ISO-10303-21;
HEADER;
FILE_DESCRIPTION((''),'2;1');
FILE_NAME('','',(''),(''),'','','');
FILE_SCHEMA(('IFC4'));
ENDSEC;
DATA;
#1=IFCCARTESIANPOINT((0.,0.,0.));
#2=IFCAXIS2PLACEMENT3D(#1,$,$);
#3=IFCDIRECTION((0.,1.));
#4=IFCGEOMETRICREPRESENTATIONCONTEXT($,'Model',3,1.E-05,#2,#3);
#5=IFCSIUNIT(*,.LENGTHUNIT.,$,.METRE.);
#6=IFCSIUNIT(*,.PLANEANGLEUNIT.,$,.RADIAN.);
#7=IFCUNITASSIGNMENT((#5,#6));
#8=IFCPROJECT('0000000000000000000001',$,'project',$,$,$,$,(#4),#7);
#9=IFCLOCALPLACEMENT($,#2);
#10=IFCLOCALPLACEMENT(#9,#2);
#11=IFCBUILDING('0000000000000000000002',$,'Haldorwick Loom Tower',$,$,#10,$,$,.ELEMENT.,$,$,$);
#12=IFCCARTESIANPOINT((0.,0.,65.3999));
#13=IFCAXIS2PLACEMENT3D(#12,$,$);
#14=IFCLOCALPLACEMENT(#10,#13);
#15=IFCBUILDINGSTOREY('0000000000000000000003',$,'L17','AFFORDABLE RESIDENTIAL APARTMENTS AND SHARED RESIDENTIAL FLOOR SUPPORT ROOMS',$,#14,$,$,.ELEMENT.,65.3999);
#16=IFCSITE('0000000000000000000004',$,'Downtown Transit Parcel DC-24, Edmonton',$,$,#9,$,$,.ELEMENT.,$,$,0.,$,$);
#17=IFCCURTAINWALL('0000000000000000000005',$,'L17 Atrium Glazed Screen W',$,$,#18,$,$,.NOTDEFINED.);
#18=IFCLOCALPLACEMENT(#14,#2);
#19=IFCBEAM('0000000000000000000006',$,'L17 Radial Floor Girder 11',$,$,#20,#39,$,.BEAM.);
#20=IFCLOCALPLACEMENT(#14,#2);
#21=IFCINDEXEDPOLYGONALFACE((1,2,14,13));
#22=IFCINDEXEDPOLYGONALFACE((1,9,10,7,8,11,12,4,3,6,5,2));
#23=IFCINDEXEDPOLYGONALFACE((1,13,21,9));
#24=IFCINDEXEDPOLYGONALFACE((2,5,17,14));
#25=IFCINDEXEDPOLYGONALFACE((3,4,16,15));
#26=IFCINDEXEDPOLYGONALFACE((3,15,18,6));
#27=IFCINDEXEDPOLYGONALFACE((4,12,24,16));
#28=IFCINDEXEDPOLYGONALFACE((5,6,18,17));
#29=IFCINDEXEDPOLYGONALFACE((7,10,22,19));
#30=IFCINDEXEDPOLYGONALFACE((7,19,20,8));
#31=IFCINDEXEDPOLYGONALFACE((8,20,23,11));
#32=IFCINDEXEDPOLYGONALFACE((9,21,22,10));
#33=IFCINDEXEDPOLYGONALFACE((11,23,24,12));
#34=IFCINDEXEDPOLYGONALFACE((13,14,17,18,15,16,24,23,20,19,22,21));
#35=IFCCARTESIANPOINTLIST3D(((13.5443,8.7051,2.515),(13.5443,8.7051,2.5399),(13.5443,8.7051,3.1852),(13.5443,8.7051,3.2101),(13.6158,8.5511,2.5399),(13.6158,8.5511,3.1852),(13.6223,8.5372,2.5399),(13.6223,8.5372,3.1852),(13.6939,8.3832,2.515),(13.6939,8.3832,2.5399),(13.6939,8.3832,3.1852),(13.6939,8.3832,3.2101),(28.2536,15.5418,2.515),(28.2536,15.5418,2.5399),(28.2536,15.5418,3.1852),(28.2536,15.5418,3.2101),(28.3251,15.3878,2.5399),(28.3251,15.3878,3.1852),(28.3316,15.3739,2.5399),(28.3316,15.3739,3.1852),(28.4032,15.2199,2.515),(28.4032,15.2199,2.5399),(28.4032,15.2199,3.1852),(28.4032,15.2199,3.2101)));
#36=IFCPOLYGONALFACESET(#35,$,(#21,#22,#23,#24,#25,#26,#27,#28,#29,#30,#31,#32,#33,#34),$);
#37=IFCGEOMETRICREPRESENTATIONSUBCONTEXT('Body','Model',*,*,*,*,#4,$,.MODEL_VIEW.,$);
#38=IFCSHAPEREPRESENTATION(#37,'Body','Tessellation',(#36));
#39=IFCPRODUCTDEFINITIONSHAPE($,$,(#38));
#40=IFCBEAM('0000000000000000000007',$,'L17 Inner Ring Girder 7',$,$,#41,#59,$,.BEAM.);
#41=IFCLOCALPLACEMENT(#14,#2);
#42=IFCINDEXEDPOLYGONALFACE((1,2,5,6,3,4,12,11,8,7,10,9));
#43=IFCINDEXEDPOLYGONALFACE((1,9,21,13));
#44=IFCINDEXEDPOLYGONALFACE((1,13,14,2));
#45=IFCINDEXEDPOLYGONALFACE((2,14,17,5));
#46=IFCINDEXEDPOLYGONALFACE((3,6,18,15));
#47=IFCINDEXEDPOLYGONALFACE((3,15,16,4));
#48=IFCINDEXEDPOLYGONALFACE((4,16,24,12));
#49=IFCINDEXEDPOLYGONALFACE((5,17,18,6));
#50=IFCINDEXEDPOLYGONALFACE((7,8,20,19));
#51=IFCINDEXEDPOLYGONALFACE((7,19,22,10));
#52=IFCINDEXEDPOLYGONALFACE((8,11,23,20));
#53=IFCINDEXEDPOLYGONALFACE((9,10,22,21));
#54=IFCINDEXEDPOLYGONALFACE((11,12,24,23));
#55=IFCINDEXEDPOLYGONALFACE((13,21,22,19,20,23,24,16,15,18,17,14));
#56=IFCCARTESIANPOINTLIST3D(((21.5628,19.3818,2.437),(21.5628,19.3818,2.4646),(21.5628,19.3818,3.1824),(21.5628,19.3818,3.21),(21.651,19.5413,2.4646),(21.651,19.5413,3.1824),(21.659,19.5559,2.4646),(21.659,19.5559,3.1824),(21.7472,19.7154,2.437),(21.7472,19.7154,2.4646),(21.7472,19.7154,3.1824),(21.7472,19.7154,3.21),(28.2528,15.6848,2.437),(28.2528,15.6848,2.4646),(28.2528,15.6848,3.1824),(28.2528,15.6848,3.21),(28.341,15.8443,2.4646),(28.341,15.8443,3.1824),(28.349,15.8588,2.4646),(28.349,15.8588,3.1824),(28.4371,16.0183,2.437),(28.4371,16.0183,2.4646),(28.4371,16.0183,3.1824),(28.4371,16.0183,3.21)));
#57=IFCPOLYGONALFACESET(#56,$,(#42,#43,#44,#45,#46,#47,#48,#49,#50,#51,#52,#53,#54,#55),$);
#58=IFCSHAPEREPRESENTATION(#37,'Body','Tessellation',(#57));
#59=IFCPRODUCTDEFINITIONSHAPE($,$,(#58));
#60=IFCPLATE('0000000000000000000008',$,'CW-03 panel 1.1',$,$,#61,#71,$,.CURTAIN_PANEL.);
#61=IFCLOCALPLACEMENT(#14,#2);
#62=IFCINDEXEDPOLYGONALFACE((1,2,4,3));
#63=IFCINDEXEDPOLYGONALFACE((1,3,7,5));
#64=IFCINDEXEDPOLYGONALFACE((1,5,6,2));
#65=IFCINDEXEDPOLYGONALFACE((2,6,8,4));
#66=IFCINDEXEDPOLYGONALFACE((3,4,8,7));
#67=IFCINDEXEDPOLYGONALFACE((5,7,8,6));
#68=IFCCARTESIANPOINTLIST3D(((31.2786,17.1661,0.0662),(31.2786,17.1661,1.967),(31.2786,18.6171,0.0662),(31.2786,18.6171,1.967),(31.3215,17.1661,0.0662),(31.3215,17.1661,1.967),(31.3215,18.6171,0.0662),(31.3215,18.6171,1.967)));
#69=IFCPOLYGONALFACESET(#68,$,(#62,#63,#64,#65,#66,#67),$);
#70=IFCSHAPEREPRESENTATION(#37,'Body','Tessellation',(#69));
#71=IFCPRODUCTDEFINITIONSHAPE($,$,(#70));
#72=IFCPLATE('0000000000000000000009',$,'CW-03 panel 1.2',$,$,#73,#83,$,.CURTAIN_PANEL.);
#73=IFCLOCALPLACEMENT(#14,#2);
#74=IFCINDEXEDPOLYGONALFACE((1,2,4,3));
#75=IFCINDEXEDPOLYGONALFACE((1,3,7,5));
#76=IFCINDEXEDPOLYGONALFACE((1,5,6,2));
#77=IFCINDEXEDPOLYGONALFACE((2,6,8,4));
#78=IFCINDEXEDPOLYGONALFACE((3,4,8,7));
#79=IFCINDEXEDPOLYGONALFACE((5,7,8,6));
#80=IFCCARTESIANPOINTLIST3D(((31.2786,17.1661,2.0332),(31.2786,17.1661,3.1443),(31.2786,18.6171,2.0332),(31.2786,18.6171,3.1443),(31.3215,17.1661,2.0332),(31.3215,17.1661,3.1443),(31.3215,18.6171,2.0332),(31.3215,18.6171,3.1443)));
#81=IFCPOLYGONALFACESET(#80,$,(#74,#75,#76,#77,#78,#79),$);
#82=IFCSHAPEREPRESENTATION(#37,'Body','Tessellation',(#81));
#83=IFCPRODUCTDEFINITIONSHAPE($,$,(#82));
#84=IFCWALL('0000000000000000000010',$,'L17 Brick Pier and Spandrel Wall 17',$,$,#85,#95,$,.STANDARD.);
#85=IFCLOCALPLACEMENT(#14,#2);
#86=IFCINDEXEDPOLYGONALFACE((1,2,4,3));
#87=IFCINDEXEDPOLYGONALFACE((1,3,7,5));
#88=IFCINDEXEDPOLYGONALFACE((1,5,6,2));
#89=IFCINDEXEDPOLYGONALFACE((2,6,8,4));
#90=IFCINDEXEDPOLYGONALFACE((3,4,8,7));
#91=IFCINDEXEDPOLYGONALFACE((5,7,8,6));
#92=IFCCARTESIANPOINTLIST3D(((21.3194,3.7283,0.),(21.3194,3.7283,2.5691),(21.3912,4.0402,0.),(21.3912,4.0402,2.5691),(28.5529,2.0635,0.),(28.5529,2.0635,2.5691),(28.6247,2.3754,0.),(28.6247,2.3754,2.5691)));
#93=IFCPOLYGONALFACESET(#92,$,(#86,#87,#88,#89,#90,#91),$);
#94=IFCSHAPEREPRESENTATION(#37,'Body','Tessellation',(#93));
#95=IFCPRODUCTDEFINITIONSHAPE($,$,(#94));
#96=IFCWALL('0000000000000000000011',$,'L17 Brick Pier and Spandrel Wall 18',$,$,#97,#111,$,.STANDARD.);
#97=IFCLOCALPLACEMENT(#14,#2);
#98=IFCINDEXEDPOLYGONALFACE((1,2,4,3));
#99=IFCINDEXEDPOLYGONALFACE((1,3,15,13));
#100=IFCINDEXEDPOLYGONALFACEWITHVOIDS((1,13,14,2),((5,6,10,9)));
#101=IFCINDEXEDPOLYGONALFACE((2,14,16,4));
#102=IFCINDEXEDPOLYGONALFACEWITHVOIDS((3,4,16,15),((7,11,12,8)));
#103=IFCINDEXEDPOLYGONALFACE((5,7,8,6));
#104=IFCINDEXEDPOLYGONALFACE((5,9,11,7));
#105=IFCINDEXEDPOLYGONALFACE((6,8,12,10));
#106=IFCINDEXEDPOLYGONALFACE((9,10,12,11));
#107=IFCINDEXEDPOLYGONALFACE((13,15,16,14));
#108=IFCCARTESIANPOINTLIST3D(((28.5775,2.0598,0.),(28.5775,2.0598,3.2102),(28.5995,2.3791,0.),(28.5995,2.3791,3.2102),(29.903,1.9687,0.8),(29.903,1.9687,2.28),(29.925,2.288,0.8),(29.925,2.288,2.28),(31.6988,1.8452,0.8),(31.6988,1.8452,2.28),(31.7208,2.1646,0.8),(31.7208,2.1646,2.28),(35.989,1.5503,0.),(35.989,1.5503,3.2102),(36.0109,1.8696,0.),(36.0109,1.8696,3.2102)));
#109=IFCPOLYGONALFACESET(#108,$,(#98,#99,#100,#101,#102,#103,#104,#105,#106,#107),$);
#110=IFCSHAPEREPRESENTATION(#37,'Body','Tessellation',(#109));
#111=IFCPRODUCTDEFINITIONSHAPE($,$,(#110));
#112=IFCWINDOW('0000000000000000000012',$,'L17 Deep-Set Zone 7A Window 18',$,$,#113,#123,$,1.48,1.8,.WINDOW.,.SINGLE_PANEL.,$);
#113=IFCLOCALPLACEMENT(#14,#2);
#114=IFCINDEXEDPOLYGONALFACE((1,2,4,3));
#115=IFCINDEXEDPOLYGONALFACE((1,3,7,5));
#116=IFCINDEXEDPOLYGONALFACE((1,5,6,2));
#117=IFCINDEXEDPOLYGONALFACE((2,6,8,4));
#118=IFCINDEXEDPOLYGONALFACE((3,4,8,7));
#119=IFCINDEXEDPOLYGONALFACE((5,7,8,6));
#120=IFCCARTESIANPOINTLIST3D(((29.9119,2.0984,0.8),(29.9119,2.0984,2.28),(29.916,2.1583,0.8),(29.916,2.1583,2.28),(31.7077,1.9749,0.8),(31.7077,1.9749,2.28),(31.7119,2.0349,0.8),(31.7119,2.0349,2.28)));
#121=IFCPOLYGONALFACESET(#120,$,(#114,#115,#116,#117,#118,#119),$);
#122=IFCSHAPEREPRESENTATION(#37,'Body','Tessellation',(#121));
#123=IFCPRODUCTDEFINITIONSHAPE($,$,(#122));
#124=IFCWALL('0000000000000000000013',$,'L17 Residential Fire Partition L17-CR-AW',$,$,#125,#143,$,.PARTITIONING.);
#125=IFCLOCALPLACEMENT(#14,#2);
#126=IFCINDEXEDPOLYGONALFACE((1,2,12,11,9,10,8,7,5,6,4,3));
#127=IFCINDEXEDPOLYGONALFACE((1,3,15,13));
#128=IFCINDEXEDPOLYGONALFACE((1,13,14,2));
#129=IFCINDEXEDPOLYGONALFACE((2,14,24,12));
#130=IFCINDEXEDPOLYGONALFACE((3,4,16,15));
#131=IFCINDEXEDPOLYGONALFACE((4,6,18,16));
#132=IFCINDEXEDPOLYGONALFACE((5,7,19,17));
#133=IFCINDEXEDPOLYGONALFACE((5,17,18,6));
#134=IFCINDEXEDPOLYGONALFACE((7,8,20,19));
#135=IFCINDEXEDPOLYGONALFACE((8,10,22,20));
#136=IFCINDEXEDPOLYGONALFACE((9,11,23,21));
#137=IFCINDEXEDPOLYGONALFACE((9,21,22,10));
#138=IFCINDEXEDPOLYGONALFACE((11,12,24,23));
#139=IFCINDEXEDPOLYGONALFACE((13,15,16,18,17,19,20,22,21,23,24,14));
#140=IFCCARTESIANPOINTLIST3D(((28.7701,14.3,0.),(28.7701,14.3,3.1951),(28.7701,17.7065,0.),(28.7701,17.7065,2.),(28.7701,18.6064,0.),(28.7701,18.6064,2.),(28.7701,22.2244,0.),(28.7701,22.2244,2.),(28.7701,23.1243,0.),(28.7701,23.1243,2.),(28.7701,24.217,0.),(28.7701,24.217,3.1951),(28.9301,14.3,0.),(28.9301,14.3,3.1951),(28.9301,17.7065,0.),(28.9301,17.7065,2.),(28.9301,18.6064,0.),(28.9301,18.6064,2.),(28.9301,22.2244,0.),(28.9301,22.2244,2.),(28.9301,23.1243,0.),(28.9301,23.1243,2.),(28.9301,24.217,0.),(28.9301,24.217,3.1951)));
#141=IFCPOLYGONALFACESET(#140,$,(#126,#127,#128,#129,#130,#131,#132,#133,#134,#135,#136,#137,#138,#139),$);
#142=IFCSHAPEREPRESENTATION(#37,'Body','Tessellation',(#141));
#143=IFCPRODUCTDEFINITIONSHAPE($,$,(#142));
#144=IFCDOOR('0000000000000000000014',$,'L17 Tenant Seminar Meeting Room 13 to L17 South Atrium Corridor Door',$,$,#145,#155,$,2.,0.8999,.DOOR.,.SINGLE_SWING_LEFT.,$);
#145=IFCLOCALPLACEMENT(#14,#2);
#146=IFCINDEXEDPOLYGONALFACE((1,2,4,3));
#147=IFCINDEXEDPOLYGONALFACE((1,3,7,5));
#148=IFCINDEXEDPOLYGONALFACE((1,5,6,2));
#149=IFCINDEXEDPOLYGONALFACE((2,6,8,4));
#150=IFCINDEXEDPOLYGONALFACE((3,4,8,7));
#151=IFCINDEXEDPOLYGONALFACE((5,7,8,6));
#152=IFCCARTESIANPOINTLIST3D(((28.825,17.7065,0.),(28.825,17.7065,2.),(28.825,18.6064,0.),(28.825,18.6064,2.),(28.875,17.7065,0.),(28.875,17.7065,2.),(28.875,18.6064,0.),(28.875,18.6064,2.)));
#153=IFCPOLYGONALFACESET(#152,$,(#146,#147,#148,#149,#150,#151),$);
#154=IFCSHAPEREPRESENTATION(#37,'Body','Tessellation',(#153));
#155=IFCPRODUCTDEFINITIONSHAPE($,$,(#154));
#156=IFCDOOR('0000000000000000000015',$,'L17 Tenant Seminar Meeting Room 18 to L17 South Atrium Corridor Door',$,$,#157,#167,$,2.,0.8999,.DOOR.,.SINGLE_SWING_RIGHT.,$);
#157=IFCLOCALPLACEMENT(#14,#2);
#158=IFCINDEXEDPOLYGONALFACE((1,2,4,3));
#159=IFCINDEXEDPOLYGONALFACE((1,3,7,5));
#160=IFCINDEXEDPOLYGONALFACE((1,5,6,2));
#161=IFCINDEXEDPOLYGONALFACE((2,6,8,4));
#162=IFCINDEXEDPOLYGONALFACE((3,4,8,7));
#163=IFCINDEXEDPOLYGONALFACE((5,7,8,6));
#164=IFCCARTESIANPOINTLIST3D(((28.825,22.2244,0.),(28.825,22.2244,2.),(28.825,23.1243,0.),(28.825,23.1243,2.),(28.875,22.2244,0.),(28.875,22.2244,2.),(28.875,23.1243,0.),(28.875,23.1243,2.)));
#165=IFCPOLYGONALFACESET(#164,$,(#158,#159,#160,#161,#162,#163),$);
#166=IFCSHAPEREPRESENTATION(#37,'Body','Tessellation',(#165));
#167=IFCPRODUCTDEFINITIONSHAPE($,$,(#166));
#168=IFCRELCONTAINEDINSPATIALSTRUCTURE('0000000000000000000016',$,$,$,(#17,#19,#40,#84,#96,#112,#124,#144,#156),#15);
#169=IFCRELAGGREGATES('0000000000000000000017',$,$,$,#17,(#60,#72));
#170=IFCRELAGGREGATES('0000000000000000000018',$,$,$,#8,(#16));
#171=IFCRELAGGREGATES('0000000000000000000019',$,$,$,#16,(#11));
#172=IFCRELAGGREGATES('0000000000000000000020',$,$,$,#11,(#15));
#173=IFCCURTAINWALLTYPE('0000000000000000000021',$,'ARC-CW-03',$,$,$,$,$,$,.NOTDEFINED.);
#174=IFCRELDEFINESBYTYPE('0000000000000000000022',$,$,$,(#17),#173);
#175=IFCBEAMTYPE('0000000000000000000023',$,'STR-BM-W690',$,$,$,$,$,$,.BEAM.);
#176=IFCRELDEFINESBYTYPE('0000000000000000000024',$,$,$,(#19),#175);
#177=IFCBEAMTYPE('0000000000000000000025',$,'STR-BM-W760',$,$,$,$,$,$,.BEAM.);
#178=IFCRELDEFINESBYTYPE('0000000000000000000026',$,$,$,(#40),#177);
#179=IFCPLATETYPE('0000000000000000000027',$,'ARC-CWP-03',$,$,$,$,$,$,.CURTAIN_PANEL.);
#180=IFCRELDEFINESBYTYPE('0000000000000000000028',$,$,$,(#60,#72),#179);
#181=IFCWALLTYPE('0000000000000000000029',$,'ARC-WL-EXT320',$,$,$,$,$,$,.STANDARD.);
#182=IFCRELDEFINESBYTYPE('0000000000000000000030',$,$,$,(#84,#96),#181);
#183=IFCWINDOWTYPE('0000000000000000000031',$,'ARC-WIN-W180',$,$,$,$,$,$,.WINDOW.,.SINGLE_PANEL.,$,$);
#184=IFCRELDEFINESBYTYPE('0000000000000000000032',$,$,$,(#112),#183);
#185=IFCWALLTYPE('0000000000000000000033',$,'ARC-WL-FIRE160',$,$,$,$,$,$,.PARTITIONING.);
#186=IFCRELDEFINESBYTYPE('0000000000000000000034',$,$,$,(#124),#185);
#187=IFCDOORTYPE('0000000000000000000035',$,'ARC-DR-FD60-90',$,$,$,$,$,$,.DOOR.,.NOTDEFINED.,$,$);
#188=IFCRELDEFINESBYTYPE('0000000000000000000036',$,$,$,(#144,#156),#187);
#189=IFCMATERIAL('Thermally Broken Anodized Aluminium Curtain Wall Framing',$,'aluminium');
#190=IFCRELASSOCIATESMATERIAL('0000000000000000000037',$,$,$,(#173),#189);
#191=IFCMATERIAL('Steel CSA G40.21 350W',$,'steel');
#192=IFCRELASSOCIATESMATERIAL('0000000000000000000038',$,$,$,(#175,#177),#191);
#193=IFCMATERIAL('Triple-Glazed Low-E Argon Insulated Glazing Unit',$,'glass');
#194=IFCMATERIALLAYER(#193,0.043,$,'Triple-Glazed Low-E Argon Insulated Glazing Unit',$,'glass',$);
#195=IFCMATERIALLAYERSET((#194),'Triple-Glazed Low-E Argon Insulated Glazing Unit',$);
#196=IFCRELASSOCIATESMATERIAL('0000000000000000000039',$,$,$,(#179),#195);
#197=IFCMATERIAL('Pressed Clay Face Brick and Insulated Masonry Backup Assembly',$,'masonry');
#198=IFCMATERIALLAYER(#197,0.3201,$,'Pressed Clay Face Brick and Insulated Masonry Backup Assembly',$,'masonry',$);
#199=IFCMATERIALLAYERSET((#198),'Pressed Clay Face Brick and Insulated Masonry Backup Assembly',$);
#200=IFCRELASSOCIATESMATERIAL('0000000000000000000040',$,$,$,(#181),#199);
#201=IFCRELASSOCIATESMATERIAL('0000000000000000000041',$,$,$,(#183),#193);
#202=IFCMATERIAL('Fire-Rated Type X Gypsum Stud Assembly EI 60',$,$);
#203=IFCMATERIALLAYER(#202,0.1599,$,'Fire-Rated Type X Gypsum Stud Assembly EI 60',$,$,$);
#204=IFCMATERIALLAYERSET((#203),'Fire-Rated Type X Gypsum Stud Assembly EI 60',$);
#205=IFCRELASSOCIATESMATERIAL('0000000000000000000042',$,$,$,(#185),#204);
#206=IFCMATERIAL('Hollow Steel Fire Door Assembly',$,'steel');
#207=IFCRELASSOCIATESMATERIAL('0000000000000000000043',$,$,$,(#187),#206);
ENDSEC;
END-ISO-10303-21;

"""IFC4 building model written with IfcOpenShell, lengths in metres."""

from ifc_helpers import new_model, si_unit, direction, frame, frame_2d, origin, origin_2d, place, context, subcontext, project, spatial, rectangle, i_section, extrude, material, layer, layer_set, material_profile, profile_set, type_object, element, fill, aggregate, save


model = new_model("IFC4")

# Units and contexts
model_context = context("Model", 3, precision=1e-05, world=origin(), true_north=direction((0.0, 1.0)))
body_context = subcontext(model_context, "Body", "Model", "MODEL_VIEW")
ifc_project = project(units=[si_unit("LENGTHUNIT", "METRE"), si_unit("PLANEANGLEUNIT", "RADIAN")], contexts=[model_context])

# Site, building, storey
site_placement = place(None, origin())
site = spatial("IfcSite", under=ifc_project, at=site_placement, Name="Downtown Transit Parcel DC-24, Edmonton", CompositionType="ELEMENT", RefElevation=0.0)
building_placement = place(site_placement, origin())
building = spatial("IfcBuilding", under=site, at=building_placement, Name="Haldorwick Loom Tower", CompositionType="ELEMENT")
storey_placement = place(building_placement, frame((0.0, 0.0, 65.3999)))
storey = spatial("IfcBuildingStorey", under=building, at=storey_placement, Name="L17", Description="AFFORDABLE RESIDENTIAL APARTMENTS AND SHARED RESIDENTIAL FLOOR SUPPORT ROOMS", CompositionType="ELEMENT", Elevation=65.3999)

# Curtain wall
ifc_material_1 = material(Name="Thermally Broken Anodized Aluminium Curtain Wall Framing", Category="aluminium")
curtain_wall_type = type_object("IfcCurtainWallType", Name="ARC-CW-03", PredefinedType="NOTDEFINED", material=ifc_material_1)
curtain_wall_placement = place(storey_placement, origin())
curtain_wall = element("IfcCurtainWall", 1, at=curtain_wall_placement, inside=storey, type_object=curtain_wall_type, Name="L17 Atrium Glazed Screen W", PredefinedType="NOTDEFINED")

# Beams
ifc_material_2 = material(Name="Steel CSA G40.21 350W", Category="steel")
ifc_material_profile_1 = material_profile(ifc_material_2, i_section(OverallWidth=0.355, OverallDepth=0.6951, WebThickness=0.0154, FlangeThickness=0.0249, at=origin_2d()), Name="W690X217", Category="steel")
ifc_profile_set_1 = profile_set([ifc_material_profile_1], Name="Steel CSA G40.21 350W")
beam_type_1 = type_object("IfcBeamType", Name="STR-BM-W690", PredefinedType="BEAM", material=ifc_profile_set_1)
beam_1_placement = place(storey_placement, frame((28.3284, 15.3809, 2.8625), z_axis=(-0.906835, -0.421486, 0.0), x_axis=(0.421486, -0.906835, 0.0)))
element("IfcBeam", 2, at=beam_1_placement, inside=storey, type_object=beam_type_1, Name="L17 Radial Floor Girder 11", PredefinedType="BEAM", context=body_context, shape_type="SweptSolid", body=[
    extrude(i_section(OverallWidth=0.355, OverallDepth=0.6951, WebThickness=0.0154, FlangeThickness=0.0249, at=origin_2d()), origin(), (0.0, 0.0, 1.0), 16.2205),
])
ifc_material_profile_2 = material_profile(ifc_material_2, i_section(OverallWidth=0.3811, OverallDepth=0.7729, WebThickness=0.0166, FlangeThickness=0.0276, at=origin_2d()), Name="W760X257", Category="steel")
ifc_profile_set_2 = profile_set([ifc_material_profile_2], Name="Steel CSA G40.21 350W")
beam_type_2 = type_object("IfcBeamType", Name="STR-BM-W760", PredefinedType="BEAM", material=ifc_profile_set_2)
beam_2_placement = place(storey_placement, frame((28.345, 15.8516, 2.8235), z_axis=(-0.875244, 0.483681, 0.0), x_axis=(-0.483681, -0.875244, 0.0)))
element("IfcBeam", 3, at=beam_2_placement, inside=storey, type_object=beam_type_2, Name="L17 Inner Ring Girder 7", PredefinedType="BEAM", context=body_context, shape_type="SweptSolid", body=[
    extrude(i_section(OverallWidth=0.3811, OverallDepth=0.7729, WebThickness=0.0166, FlangeThickness=0.0276, at=origin_2d()), origin(), (0.0, 0.0, 1.0), 7.6436),
])

# Plates
ifc_material_3 = material(Name="Triple-Glazed Low-E Argon Insulated Glazing Unit", Category="glass")
ifc_layer_1 = layer(ifc_material_3, 0.043, Name="Triple-Glazed Low-E Argon Insulated Glazing Unit", Category="glass")
ifc_layer_set_1 = layer_set([ifc_layer_1], Name="Triple-Glazed Low-E Argon Insulated Glazing Unit")
plate_type = type_object("IfcPlateType", Name="ARC-CWP-03", PredefinedType="CURTAIN_PANEL", material=ifc_layer_set_1)
plate_1_placement = place(storey_placement, frame((31.3, 17.8916, 0.0662), z_axis=(0.0, 0.0, 1.0), x_axis=(0.0, 1.0, 0.0)))
plate_1 = element("IfcPlate", 4, at=plate_1_placement, type_object=plate_type, Name="CW-03 panel 1.1", PredefinedType="CURTAIN_PANEL", context=body_context, shape_type="SweptSolid", body=[
    extrude(rectangle(XDim=1.4509, YDim=0.043, at=origin_2d()), origin(), (0.0, 0.0, 1.0), 1.9009),
])
plate_2_placement = place(storey_placement, frame((31.3, 17.8916, 2.0332), z_axis=(0.0, 0.0, 1.0), x_axis=(0.0, 1.0, 0.0)))
plate_2 = element("IfcPlate", 5, at=plate_2_placement, type_object=plate_type, Name="CW-03 panel 1.2", PredefinedType="CURTAIN_PANEL", context=body_context, shape_type="SweptSolid", body=[
    extrude(rectangle(XDim=1.4509, YDim=0.043, at=origin_2d()), origin(), (0.0, 0.0, 1.0), 1.1111),
])
aggregate(curtain_wall, [plate_1, plate_2])

# Wall
ifc_material_4 = material(Name="Pressed Clay Face Brick and Insulated Masonry Backup Assembly", Category="masonry")
ifc_layer_2 = layer(ifc_material_4, 0.3201, Name="Pressed Clay Face Brick and Insulated Masonry Backup Assembly", Category="masonry")
ifc_layer_set_2 = layer_set([ifc_layer_2], Name="Pressed Clay Face Brick and Insulated Masonry Backup Assembly")
wall_type_1 = type_object("IfcWallType", Name="ARC-WL-EXT320", PredefinedType="STANDARD", material=ifc_layer_set_2)
wall_1_placement = place(storey_placement, frame((21.3552, 3.8843, 0.0), z_axis=(0.0, 0.0, 1.0), x_axis=(0.974522, -0.22429, 0.0)))
element("IfcWall", 6, at=wall_1_placement, inside=storey, type_object=wall_type_1, Name="L17 Brick Pier and Spandrel Wall 17", PredefinedType="STANDARD", context=body_context, shape_type="SweptSolid", body=[
    extrude(rectangle(XDim=7.4226, YDim=0.3201, at=frame_2d((3.7114, 0.0))), origin(), (0.0, 0.0, 1.0), 2.5691),
])

# Wall, opening, window
wall_2_placement = place(storey_placement, frame((28.5886, 2.2195, 0.0), z_axis=(0.0, 0.0, 1.0), x_axis=(0.997645, -0.068587, 0.0)))
wall_2 = element("IfcWall", 7, at=wall_2_placement, inside=storey, type_object=wall_type_1, Name="L17 Brick Pier and Spandrel Wall 18", PredefinedType="STANDARD", context=body_context, shape_type="SweptSolid", body=[
    extrude(rectangle(XDim=7.429, YDim=0.3201, at=frame_2d((3.7144, 0.0))), origin(), (0.0, 0.0, 1.0), 3.2102),
])
opening_1_placement = place(wall_2_placement, frame((1.3286, 0.0, 0.8)))
opening_1 = element("IfcOpeningElement", 8, at=opening_1_placement, cuts=wall_2, PredefinedType="OPENING", context=body_context, shape_type="SweptSolid", body=[
    extrude(rectangle(XDim=1.8, YDim=1.48, at=frame_2d((0.8999, 0.74))), frame((0.0, 0.1699, 0.0), z_axis=(0.0, -1.0, 0.0), x_axis=(1.0, 0.0, 0.0)), (0.0, 0.0, 1.0), 0.3401),
])
window_type = type_object("IfcWindowType", Name="ARC-WIN-W180", PartitioningType="SINGLE_PANEL", PredefinedType="WINDOW", material=ifc_material_3)
window_placement = place(opening_1_placement, origin())
window = element("IfcWindow", 9, at=window_placement, inside=storey, type_object=window_type, Name="L17 Deep-Set Zone 7A Window 18", OverallHeight=1.48, OverallWidth=1.8, PartitioningType="SINGLE_PANEL", PredefinedType="WINDOW", context=body_context, shape_type="SweptSolid", body=[
    extrude(rectangle(XDim=1.8, YDim=1.48, at=frame_2d((0.8999, 0.74))), frame((0.0, 0.03, 0.0), z_axis=(0.0, -1.0, 0.0), x_axis=(1.0, 0.0, 0.0)), (0.0, 0.0, 1.0), 0.0601),
])
fill(opening_1, window)

# Wall, openings, doors
ifc_material_5 = material(Name="Fire-Rated Type X Gypsum Stud Assembly EI 60")
ifc_layer_3 = layer(ifc_material_5, 0.1599, Name="Fire-Rated Type X Gypsum Stud Assembly EI 60")
ifc_layer_set_3 = layer_set([ifc_layer_3], Name="Fire-Rated Type X Gypsum Stud Assembly EI 60")
wall_type_2 = type_object("IfcWallType", Name="ARC-WL-FIRE160", PredefinedType="PARTITIONING", material=ifc_layer_set_3)
wall_3_placement = place(storey_placement, frame((28.8501, 14.3, 0.0), z_axis=(0.0, 0.0, 1.0), x_axis=(0.0, 1.0, 0.0)))
wall_3 = element("IfcWall", 10, at=wall_3_placement, inside=storey, type_object=wall_type_2, Name="L17 Residential Fire Partition L17-CR-AW", PredefinedType="PARTITIONING", context=body_context, shape_type="SweptSolid", body=[
    extrude(rectangle(XDim=9.917, YDim=0.1599, at=frame_2d((4.9585, 0.0))), origin(), (0.0, 0.0, 1.0), 3.1951),
])
opening_2_placement = place(wall_3_placement, frame((3.4065, 0.0, 0.0)))
opening_2 = element("IfcOpeningElement", 11, at=opening_2_placement, cuts=wall_3, PredefinedType="OPENING", context=body_context, shape_type="SweptSolid", body=[
    extrude(rectangle(XDim=0.8999, YDim=2.0, at=frame_2d((0.45, 1.0))), frame((0.0, 0.0898, 0.0), z_axis=(0.0, -1.0, 0.0), x_axis=(1.0, 0.0, 0.0)), (0.0, 0.0, 1.0), 0.1799),
])
opening_3_placement = place(wall_3_placement, frame((7.9243, 0.0, 0.0)))
opening_3 = element("IfcOpeningElement", 12, at=opening_3_placement, cuts=wall_3, PredefinedType="OPENING", context=body_context, shape_type="SweptSolid", body=[
    extrude(rectangle(XDim=0.8999, YDim=2.0, at=frame_2d((0.45, 1.0))), frame((0.0, 0.0898, 0.0), z_axis=(0.0, -1.0, 0.0), x_axis=(1.0, 0.0, 0.0)), (0.0, 0.0, 1.0), 0.1799),
])
ifc_material_6 = material(Name="Hollow Steel Fire Door Assembly", Category="steel")
door_type_1 = type_object("IfcDoorType", Name="ARC-DR-FD60-90", OperationType="NOTDEFINED", PredefinedType="DOOR", material=ifc_material_6)
door_1_placement = place(opening_2_placement, frame((0.8999, 0.0, 0.0), z_axis=(0.0, 0.0, 1.0), x_axis=(-1.0, 0.0, 0.0)))
door_1 = element("IfcDoor", 13, at=door_1_placement, inside=storey, type_object=door_type_1, Name="L17 Tenant Seminar Meeting Room 13 to L17 South Atrium Corridor Door", OperationType="SINGLE_SWING_LEFT", OverallHeight=2.0, OverallWidth=0.8999, PredefinedType="DOOR", context=body_context, shape_type="SweptSolid", body=[
    extrude(rectangle(XDim=0.8999, YDim=2.0, at=frame_2d((0.45, 1.0))), frame((0.0, 0.0249, 0.0), z_axis=(0.0, -1.0, 0.0), x_axis=(1.0, 0.0, 0.0)), (0.0, 0.0, 1.0), 0.05),
])
fill(opening_2, door_1)
door_2_placement = place(opening_3_placement, frame((0.8999, 0.0, 0.0), z_axis=(0.0, 0.0, 1.0), x_axis=(-1.0, 0.0, 0.0)))
door_2 = element("IfcDoor", 14, at=door_2_placement, inside=storey, type_object=door_type_1, Name="L17 Tenant Seminar Meeting Room 18 to L17 South Atrium Corridor Door", OperationType="SINGLE_SWING_RIGHT", OverallHeight=2.0, OverallWidth=0.8999, PredefinedType="DOOR", context=body_context, shape_type="SweptSolid", body=[
    extrude(rectangle(XDim=0.8999, YDim=2.0, at=frame_2d((0.45, 1.0))), frame((0.0, 0.0249, 0.0), z_axis=(0.0, -1.0, 0.0), x_axis=(1.0, 0.0, 0.0)), (0.0, 0.0, 1.0), 0.05),
])
fill(opening_3, door_2)

save(model, "model.ifc")
